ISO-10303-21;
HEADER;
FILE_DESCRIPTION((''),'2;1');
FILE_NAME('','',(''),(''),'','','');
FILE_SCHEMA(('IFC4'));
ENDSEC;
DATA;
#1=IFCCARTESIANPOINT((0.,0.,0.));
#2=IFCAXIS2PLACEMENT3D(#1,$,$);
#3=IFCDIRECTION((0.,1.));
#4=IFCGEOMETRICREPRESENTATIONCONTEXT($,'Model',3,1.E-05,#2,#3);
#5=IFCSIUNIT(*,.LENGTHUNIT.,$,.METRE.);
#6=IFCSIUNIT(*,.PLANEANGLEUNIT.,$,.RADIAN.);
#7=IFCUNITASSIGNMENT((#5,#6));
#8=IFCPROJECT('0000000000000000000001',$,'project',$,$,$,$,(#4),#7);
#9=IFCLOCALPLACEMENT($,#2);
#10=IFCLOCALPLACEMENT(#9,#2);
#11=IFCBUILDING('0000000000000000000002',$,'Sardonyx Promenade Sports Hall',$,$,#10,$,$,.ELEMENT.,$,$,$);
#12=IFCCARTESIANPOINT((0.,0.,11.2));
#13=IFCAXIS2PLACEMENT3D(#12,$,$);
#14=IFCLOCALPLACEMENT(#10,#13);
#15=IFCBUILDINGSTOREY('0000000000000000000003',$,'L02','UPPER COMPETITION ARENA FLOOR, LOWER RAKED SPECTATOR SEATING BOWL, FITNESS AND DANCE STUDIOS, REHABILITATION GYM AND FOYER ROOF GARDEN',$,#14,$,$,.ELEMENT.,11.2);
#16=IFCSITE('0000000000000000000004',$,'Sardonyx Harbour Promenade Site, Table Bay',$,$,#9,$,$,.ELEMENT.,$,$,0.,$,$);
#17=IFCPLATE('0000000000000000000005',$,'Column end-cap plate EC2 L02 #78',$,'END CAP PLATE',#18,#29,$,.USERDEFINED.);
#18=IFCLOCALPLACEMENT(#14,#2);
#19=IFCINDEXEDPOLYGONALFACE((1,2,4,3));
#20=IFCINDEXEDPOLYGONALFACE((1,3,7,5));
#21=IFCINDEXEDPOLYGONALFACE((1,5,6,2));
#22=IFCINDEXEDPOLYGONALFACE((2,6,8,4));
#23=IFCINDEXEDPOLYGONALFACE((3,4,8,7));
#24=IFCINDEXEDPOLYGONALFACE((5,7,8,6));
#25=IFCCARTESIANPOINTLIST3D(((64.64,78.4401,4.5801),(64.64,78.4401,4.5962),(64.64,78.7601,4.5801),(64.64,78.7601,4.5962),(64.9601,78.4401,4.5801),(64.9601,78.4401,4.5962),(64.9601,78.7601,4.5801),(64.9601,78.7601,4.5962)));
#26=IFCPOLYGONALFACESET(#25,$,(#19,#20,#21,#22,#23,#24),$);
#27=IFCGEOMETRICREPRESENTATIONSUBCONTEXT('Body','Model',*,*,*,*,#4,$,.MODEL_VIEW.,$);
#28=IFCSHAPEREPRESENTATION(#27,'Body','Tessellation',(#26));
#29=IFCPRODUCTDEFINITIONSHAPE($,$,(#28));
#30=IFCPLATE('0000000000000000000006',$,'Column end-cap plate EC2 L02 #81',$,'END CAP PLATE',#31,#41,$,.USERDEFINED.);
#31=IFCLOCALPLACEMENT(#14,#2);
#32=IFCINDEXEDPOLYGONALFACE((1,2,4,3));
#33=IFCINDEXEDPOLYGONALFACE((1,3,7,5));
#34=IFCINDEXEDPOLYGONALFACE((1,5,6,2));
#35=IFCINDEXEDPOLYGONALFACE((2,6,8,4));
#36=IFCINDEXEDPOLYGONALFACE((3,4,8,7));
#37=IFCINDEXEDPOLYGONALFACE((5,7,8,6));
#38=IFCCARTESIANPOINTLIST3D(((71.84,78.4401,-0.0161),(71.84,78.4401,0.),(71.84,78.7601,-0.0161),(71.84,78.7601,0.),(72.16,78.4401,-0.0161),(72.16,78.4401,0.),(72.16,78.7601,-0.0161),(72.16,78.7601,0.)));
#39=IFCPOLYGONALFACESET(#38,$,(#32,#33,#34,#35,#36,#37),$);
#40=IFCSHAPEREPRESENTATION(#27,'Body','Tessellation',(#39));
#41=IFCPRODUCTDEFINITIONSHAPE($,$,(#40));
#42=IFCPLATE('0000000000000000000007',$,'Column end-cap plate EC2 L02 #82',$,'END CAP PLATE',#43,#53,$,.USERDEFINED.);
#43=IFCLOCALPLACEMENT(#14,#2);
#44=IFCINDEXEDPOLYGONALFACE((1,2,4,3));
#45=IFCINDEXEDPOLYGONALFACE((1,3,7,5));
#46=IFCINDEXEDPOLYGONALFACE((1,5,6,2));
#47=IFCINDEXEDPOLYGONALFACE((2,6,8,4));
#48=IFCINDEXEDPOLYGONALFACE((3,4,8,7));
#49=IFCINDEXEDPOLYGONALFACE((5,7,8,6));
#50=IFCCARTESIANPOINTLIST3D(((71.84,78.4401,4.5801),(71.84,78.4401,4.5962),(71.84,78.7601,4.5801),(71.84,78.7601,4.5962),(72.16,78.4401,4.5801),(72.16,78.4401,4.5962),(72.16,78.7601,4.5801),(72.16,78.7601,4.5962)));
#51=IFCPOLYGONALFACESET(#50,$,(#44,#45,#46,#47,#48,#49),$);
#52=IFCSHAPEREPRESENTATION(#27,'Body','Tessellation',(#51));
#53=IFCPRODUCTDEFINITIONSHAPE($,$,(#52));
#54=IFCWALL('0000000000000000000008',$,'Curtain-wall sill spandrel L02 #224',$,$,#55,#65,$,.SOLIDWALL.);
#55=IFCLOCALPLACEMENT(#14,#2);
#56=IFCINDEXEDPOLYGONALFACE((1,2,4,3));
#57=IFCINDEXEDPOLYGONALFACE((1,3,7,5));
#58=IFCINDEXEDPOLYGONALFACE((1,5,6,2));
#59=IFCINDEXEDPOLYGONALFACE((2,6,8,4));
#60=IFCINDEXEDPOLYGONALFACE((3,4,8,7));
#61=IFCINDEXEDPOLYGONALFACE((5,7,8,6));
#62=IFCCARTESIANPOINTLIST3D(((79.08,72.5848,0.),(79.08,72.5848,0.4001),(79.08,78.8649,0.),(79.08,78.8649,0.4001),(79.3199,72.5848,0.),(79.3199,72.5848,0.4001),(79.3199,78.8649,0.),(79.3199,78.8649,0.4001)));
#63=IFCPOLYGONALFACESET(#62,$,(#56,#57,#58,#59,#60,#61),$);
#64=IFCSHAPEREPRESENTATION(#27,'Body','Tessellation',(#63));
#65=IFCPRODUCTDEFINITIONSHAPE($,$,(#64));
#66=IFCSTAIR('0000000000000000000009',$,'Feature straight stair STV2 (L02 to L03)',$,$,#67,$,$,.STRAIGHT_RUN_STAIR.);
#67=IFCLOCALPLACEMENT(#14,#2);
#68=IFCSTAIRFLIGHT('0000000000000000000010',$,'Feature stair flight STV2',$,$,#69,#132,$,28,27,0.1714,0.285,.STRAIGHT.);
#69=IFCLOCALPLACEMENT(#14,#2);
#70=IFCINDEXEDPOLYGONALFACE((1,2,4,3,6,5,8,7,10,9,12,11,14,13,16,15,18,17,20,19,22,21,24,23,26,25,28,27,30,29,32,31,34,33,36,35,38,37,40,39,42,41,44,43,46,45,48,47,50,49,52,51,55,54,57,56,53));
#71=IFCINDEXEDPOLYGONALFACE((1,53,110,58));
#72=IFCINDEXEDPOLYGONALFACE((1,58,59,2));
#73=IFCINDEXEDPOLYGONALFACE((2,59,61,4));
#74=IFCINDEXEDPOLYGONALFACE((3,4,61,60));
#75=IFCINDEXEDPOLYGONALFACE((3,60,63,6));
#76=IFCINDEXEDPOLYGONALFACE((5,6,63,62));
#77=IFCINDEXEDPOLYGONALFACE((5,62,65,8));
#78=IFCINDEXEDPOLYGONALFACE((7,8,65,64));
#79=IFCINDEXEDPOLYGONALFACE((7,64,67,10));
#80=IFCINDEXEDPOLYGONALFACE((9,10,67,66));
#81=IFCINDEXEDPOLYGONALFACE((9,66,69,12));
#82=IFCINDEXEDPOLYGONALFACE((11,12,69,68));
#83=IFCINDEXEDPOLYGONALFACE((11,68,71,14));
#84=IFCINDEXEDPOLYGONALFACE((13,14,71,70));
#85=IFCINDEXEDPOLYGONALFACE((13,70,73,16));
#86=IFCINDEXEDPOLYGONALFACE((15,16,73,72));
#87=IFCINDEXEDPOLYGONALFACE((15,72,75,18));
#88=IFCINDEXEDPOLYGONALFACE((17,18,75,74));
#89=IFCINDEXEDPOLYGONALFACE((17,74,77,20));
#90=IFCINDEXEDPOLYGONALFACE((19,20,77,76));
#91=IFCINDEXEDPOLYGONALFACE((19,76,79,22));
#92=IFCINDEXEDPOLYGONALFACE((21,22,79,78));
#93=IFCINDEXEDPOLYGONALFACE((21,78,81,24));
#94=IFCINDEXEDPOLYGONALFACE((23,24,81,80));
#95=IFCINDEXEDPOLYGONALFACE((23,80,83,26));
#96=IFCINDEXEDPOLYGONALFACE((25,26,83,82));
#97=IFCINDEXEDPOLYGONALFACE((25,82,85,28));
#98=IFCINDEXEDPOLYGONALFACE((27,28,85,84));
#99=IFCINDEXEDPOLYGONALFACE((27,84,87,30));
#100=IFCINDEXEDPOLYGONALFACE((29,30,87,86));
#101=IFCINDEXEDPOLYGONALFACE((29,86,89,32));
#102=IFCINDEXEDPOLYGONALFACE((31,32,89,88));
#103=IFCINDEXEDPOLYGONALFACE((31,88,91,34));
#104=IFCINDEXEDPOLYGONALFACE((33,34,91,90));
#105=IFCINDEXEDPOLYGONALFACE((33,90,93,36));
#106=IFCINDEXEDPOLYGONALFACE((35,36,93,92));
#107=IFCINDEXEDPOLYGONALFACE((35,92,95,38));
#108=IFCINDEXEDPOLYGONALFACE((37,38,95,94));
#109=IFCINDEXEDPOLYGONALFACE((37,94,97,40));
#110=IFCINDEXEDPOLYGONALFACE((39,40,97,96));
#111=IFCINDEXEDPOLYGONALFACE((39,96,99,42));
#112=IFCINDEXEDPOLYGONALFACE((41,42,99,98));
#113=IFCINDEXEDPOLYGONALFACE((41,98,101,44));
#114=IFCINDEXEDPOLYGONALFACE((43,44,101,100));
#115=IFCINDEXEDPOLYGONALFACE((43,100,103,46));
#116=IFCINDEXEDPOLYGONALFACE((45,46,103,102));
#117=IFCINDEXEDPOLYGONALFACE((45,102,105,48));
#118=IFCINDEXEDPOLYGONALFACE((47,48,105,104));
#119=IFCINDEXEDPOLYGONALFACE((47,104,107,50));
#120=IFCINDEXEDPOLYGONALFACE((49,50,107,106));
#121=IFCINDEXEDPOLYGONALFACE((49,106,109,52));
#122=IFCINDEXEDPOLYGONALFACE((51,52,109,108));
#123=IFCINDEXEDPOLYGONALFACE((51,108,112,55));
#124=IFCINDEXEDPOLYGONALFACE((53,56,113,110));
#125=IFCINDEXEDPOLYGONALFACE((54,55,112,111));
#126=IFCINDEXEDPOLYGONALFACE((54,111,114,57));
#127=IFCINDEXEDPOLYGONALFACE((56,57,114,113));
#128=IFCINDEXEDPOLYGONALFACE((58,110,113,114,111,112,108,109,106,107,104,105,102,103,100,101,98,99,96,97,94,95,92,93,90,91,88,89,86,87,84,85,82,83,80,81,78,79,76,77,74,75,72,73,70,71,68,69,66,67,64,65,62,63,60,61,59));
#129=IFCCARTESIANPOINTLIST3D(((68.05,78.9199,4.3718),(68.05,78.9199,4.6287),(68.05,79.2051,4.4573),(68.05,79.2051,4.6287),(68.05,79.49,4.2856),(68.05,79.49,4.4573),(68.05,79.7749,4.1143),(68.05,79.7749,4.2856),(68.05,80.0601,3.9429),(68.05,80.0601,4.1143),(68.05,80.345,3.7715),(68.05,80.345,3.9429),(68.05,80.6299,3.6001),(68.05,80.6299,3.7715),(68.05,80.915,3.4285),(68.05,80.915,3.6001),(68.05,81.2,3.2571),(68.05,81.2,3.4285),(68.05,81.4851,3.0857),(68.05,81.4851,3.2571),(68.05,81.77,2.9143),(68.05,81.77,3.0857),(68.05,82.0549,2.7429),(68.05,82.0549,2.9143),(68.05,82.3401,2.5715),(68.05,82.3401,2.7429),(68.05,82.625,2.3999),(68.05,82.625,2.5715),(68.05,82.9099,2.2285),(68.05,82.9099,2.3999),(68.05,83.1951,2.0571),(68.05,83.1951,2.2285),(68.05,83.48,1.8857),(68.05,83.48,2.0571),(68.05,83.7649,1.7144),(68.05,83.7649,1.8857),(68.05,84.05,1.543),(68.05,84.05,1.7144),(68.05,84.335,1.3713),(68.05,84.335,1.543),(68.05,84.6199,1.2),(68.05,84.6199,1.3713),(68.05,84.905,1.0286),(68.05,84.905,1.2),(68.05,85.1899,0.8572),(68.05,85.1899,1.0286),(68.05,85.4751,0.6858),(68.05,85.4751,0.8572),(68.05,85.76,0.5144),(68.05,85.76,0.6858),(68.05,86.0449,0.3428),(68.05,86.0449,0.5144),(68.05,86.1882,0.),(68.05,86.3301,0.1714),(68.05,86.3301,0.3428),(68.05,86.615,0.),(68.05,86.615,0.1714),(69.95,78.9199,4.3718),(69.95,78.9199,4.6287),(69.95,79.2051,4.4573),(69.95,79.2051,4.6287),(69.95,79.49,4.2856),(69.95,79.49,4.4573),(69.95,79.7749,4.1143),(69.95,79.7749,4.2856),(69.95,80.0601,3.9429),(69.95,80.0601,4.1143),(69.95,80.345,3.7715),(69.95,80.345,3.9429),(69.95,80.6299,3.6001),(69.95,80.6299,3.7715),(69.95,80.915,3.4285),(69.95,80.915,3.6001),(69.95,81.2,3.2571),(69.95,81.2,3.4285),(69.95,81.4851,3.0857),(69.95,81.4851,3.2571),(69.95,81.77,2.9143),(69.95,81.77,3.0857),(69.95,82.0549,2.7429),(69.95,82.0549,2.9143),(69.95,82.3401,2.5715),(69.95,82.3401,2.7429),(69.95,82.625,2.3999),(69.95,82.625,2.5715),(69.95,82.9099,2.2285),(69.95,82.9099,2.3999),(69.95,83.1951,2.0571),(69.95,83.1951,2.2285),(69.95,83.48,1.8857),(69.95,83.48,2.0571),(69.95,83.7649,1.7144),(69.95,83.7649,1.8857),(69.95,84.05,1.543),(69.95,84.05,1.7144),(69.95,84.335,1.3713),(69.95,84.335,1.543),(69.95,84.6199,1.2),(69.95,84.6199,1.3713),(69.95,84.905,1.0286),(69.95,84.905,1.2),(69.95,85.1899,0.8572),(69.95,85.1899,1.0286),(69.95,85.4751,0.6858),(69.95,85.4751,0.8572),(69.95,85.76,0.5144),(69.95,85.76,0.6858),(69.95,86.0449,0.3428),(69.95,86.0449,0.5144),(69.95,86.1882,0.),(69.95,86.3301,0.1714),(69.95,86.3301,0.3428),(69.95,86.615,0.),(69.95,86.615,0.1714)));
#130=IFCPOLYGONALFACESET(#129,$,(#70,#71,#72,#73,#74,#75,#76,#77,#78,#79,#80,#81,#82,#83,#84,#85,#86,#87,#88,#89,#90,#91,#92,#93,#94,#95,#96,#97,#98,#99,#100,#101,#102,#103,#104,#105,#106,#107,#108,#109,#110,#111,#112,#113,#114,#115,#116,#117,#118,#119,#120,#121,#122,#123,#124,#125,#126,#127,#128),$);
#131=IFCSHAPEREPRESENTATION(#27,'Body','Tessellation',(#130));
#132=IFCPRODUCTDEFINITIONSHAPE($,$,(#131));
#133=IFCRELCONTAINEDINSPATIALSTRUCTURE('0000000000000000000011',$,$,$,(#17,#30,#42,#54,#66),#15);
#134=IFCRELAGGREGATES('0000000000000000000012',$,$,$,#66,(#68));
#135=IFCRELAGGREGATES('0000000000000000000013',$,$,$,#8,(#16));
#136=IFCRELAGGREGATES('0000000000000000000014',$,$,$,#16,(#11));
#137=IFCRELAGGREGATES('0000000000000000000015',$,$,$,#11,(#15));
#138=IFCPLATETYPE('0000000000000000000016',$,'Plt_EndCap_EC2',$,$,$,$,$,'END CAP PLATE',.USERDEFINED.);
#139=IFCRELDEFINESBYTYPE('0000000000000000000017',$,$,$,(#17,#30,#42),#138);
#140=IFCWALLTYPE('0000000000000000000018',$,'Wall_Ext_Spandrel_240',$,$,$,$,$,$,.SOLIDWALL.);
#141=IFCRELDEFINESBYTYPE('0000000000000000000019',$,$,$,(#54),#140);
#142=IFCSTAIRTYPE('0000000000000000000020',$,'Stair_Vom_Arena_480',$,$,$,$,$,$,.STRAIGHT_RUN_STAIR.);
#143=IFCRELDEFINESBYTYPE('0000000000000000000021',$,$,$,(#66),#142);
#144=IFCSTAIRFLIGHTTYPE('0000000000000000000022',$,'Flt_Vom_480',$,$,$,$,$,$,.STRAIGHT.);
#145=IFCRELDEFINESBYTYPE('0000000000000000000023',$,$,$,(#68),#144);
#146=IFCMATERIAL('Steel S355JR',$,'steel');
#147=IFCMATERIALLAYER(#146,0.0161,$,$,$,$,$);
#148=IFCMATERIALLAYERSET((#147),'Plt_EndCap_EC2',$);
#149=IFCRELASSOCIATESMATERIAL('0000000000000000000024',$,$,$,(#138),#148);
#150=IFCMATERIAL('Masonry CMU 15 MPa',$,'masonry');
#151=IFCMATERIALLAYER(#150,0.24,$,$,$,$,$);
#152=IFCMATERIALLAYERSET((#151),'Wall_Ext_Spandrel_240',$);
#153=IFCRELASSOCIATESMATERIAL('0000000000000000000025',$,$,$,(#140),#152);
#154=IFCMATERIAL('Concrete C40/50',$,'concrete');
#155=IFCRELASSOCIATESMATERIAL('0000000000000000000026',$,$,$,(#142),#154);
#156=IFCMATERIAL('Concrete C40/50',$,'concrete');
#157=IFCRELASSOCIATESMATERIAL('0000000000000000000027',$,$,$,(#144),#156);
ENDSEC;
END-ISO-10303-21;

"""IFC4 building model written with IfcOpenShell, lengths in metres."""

from ifc_helpers import new_model, si_unit, direction, frame, frame_2d, origin, origin_2d, place, context, subcontext, project, spatial, polyline, rectangle, outline, extrude, material, layer, layer_set, type_object, element, aggregate, save


model = new_model("IFC4")

# Units and contexts
model_context = context("Model", 3, precision=1e-05, world=origin(), true_north=direction((0.0, 1.0)))
body_context = subcontext(model_context, "Body", "Model", "MODEL_VIEW")
ifc_project = project(units=[si_unit("LENGTHUNIT", "METRE"), si_unit("PLANEANGLEUNIT", "RADIAN")], contexts=[model_context])

# Site, building, storey
site_placement = place(None, origin())
site = spatial("IfcSite", under=ifc_project, at=site_placement, Name="Sardonyx Harbour Promenade Site, Table Bay", CompositionType="ELEMENT", RefElevation=0.0)
building_placement = place(site_placement, origin())
building = spatial("IfcBuilding", under=site, at=building_placement, Name="Sardonyx Promenade Sports Hall", CompositionType="ELEMENT")
storey_placement = place(building_placement, frame((0.0, 0.0, 11.2)))
storey = spatial("IfcBuildingStorey", under=building, at=storey_placement, Name="L02", Description="UPPER COMPETITION ARENA FLOOR, LOWER RAKED SPECTATOR SEATING BOWL, FITNESS AND DANCE STUDIOS, REHABILITATION GYM AND FOYER ROOF GARDEN", CompositionType="ELEMENT", Elevation=11.2)

# Plates
ifc_material_1 = material(Name="Steel S355JR", Category="steel")
ifc_layer_1 = layer(ifc_material_1, 0.0161)
ifc_layer_set_1 = layer_set([ifc_layer_1], Name="Plt_EndCap_EC2")
plate_type_1 = type_object("IfcPlateType", Name="Plt_EndCap_EC2", ElementType="END CAP PLATE", PredefinedType="USERDEFINED", material=ifc_layer_set_1)
for number, where, z_axis, x_axis, name in (
    (1, (64.8, 78.6001, 4.5801), (0.0, 0.0, 1.0), (1.0, 0.0, 0.0), "Column end-cap plate EC2 L02 #78"),
    (2, (72.0, 78.6001, -0.0161), (0.0, 0.0, 1.0), (1.0, 0.0, 0.0), "Column end-cap plate EC2 L02 #81"),
    (3, (72.0, 78.6001, 4.5801), (0.0, 0.0, 1.0), (1.0, 0.0, 0.0), "Column end-cap plate EC2 L02 #82"),
):
    element("IfcPlate", number, at=place(storey_placement, frame(where, z_axis=z_axis, x_axis=x_axis)), inside=storey, type_object=plate_type_1, Name=name, ObjectType="END CAP PLATE", PredefinedType="USERDEFINED", context=body_context, shape_type="SweptSolid", body=[
        extrude(rectangle(XDim=0.3201, YDim=0.3201, at=origin_2d()), origin(), (0.0, 0.0, 1.0), 0.0161),
    ])

# Wall
ifc_material_2 = material(Name="Masonry CMU 15 MPa", Category="masonry")
ifc_layer_2 = layer(ifc_material_2, 0.24)
ifc_layer_set_2 = layer_set([ifc_layer_2], Name="Wall_Ext_Spandrel_240")
wall_type_1 = type_object("IfcWallType", Name="Wall_Ext_Spandrel_240", PredefinedType="SOLIDWALL", material=ifc_layer_set_2)
wall_1_placement = place(storey_placement, frame((79.2, 78.865, 0.0), z_axis=(0.0, 0.0, 1.0), x_axis=(0.0, -1.0, 0.0)))
element("IfcWall", 4, at=wall_1_placement, inside=storey, type_object=wall_type_1, Name="Curtain-wall sill spandrel L02 #224", PredefinedType="SOLIDWALL", context=body_context, shape_type="SweptSolid", body=[
    extrude(rectangle(XDim=6.28, YDim=0.24, at=frame_2d((3.1401, 0.0))), origin(), (0.0, 0.0, 1.0), 0.4001),
])

# Stair, stair flight
ifc_material_3 = material(Name="Concrete C40/50", Category="concrete")
stair_type = type_object("IfcStairType", Name="Stair_Vom_Arena_480", PredefinedType="STRAIGHT_RUN_STAIR", material=ifc_material_3)
stair_placement = place(storey_placement, origin())
stair = element("IfcStair", 5, at=stair_placement, inside=storey, type_object=stair_type, Name="Feature straight stair STV2 (L02 to L03)", PredefinedType="STRAIGHT_RUN_STAIR")
ifc_material_4 = material(Name="Concrete C40/50", Category="concrete")
stair_flight_type = type_object("IfcStairFlightType", Name="Flt_Vom_480", PredefinedType="STRAIGHT", material=ifc_material_4)
stair_flight_placement = place(storey_placement, frame((69.0, 86.615, 0.0), z_axis=(0.0, 0.0, 1.0), x_axis=(0.0, -1.0, 0.0)))
stair_flight = element("IfcStairFlight", 6, at=stair_flight_placement, type_object=stair_flight_type, Name="Feature stair flight STV2", NumberOfRisers=28, NumberOfTreads=27, PredefinedType="STRAIGHT", RiserHeight=0.1714, TreadLength=0.285, context=body_context, shape_type="SweptSolid", body=[
    extrude(outline(polyline([(0.0, 0.0), (0.0, 0.1714), (0.2849, 0.1714), (0.2849, 0.3428), (0.5701, 0.3428), (0.5701, 0.5144), (0.855, 0.5144), (0.855, 0.6858), (1.1399, 0.6858), (1.1399, 0.8572), (1.425, 0.8572), (1.425, 1.0286), (1.71, 1.0286), (1.71, 1.2), (1.9951, 1.2), (1.9951, 1.3713), (2.28, 1.3713), (2.28, 1.543), (2.5649, 1.543), (2.5649, 1.7144), (2.8501, 1.7144), (2.8501, 1.8857), (3.135, 1.8857), (3.135, 2.0571), (3.4199, 2.0571), (3.4199, 2.2285), (3.7051, 2.2285), (3.7051, 2.3999), (3.99, 2.3999), (3.99, 2.5715), (4.2749, 2.5715), (4.2749, 2.7429), (4.5601, 2.7429), (4.5601, 2.9143), (4.845, 2.9143), (4.845, 3.0857), (5.1299, 3.0857), (5.1299, 3.2571), (5.415, 3.2571), (5.415, 3.4285), (5.7, 3.4285), (5.7, 3.6001), (5.9851, 3.6001), (5.9851, 3.7715), (6.27, 3.7715), (6.27, 3.9429), (6.5549, 3.9429), (6.5549, 4.1143), (6.8401, 4.1143), (6.8401, 4.2856), (7.125, 4.2856), (7.125, 4.4573), (7.4099, 4.4573), (7.4099, 4.6287), (7.6951, 4.6287), (7.6951, 4.8), (7.6951, 4.3718), (0.4268, 0.0), (0.0, 0.0)])), frame((0.0, 0.95, 0.0), z_axis=(0.0, -1.0, 0.0), x_axis=(1.0, 0.0, 0.0)), (0.0, 0.0, 1.0), 1.8999),
])
aggregate(stair, [stair_flight])

save(model, "model.ifc")
